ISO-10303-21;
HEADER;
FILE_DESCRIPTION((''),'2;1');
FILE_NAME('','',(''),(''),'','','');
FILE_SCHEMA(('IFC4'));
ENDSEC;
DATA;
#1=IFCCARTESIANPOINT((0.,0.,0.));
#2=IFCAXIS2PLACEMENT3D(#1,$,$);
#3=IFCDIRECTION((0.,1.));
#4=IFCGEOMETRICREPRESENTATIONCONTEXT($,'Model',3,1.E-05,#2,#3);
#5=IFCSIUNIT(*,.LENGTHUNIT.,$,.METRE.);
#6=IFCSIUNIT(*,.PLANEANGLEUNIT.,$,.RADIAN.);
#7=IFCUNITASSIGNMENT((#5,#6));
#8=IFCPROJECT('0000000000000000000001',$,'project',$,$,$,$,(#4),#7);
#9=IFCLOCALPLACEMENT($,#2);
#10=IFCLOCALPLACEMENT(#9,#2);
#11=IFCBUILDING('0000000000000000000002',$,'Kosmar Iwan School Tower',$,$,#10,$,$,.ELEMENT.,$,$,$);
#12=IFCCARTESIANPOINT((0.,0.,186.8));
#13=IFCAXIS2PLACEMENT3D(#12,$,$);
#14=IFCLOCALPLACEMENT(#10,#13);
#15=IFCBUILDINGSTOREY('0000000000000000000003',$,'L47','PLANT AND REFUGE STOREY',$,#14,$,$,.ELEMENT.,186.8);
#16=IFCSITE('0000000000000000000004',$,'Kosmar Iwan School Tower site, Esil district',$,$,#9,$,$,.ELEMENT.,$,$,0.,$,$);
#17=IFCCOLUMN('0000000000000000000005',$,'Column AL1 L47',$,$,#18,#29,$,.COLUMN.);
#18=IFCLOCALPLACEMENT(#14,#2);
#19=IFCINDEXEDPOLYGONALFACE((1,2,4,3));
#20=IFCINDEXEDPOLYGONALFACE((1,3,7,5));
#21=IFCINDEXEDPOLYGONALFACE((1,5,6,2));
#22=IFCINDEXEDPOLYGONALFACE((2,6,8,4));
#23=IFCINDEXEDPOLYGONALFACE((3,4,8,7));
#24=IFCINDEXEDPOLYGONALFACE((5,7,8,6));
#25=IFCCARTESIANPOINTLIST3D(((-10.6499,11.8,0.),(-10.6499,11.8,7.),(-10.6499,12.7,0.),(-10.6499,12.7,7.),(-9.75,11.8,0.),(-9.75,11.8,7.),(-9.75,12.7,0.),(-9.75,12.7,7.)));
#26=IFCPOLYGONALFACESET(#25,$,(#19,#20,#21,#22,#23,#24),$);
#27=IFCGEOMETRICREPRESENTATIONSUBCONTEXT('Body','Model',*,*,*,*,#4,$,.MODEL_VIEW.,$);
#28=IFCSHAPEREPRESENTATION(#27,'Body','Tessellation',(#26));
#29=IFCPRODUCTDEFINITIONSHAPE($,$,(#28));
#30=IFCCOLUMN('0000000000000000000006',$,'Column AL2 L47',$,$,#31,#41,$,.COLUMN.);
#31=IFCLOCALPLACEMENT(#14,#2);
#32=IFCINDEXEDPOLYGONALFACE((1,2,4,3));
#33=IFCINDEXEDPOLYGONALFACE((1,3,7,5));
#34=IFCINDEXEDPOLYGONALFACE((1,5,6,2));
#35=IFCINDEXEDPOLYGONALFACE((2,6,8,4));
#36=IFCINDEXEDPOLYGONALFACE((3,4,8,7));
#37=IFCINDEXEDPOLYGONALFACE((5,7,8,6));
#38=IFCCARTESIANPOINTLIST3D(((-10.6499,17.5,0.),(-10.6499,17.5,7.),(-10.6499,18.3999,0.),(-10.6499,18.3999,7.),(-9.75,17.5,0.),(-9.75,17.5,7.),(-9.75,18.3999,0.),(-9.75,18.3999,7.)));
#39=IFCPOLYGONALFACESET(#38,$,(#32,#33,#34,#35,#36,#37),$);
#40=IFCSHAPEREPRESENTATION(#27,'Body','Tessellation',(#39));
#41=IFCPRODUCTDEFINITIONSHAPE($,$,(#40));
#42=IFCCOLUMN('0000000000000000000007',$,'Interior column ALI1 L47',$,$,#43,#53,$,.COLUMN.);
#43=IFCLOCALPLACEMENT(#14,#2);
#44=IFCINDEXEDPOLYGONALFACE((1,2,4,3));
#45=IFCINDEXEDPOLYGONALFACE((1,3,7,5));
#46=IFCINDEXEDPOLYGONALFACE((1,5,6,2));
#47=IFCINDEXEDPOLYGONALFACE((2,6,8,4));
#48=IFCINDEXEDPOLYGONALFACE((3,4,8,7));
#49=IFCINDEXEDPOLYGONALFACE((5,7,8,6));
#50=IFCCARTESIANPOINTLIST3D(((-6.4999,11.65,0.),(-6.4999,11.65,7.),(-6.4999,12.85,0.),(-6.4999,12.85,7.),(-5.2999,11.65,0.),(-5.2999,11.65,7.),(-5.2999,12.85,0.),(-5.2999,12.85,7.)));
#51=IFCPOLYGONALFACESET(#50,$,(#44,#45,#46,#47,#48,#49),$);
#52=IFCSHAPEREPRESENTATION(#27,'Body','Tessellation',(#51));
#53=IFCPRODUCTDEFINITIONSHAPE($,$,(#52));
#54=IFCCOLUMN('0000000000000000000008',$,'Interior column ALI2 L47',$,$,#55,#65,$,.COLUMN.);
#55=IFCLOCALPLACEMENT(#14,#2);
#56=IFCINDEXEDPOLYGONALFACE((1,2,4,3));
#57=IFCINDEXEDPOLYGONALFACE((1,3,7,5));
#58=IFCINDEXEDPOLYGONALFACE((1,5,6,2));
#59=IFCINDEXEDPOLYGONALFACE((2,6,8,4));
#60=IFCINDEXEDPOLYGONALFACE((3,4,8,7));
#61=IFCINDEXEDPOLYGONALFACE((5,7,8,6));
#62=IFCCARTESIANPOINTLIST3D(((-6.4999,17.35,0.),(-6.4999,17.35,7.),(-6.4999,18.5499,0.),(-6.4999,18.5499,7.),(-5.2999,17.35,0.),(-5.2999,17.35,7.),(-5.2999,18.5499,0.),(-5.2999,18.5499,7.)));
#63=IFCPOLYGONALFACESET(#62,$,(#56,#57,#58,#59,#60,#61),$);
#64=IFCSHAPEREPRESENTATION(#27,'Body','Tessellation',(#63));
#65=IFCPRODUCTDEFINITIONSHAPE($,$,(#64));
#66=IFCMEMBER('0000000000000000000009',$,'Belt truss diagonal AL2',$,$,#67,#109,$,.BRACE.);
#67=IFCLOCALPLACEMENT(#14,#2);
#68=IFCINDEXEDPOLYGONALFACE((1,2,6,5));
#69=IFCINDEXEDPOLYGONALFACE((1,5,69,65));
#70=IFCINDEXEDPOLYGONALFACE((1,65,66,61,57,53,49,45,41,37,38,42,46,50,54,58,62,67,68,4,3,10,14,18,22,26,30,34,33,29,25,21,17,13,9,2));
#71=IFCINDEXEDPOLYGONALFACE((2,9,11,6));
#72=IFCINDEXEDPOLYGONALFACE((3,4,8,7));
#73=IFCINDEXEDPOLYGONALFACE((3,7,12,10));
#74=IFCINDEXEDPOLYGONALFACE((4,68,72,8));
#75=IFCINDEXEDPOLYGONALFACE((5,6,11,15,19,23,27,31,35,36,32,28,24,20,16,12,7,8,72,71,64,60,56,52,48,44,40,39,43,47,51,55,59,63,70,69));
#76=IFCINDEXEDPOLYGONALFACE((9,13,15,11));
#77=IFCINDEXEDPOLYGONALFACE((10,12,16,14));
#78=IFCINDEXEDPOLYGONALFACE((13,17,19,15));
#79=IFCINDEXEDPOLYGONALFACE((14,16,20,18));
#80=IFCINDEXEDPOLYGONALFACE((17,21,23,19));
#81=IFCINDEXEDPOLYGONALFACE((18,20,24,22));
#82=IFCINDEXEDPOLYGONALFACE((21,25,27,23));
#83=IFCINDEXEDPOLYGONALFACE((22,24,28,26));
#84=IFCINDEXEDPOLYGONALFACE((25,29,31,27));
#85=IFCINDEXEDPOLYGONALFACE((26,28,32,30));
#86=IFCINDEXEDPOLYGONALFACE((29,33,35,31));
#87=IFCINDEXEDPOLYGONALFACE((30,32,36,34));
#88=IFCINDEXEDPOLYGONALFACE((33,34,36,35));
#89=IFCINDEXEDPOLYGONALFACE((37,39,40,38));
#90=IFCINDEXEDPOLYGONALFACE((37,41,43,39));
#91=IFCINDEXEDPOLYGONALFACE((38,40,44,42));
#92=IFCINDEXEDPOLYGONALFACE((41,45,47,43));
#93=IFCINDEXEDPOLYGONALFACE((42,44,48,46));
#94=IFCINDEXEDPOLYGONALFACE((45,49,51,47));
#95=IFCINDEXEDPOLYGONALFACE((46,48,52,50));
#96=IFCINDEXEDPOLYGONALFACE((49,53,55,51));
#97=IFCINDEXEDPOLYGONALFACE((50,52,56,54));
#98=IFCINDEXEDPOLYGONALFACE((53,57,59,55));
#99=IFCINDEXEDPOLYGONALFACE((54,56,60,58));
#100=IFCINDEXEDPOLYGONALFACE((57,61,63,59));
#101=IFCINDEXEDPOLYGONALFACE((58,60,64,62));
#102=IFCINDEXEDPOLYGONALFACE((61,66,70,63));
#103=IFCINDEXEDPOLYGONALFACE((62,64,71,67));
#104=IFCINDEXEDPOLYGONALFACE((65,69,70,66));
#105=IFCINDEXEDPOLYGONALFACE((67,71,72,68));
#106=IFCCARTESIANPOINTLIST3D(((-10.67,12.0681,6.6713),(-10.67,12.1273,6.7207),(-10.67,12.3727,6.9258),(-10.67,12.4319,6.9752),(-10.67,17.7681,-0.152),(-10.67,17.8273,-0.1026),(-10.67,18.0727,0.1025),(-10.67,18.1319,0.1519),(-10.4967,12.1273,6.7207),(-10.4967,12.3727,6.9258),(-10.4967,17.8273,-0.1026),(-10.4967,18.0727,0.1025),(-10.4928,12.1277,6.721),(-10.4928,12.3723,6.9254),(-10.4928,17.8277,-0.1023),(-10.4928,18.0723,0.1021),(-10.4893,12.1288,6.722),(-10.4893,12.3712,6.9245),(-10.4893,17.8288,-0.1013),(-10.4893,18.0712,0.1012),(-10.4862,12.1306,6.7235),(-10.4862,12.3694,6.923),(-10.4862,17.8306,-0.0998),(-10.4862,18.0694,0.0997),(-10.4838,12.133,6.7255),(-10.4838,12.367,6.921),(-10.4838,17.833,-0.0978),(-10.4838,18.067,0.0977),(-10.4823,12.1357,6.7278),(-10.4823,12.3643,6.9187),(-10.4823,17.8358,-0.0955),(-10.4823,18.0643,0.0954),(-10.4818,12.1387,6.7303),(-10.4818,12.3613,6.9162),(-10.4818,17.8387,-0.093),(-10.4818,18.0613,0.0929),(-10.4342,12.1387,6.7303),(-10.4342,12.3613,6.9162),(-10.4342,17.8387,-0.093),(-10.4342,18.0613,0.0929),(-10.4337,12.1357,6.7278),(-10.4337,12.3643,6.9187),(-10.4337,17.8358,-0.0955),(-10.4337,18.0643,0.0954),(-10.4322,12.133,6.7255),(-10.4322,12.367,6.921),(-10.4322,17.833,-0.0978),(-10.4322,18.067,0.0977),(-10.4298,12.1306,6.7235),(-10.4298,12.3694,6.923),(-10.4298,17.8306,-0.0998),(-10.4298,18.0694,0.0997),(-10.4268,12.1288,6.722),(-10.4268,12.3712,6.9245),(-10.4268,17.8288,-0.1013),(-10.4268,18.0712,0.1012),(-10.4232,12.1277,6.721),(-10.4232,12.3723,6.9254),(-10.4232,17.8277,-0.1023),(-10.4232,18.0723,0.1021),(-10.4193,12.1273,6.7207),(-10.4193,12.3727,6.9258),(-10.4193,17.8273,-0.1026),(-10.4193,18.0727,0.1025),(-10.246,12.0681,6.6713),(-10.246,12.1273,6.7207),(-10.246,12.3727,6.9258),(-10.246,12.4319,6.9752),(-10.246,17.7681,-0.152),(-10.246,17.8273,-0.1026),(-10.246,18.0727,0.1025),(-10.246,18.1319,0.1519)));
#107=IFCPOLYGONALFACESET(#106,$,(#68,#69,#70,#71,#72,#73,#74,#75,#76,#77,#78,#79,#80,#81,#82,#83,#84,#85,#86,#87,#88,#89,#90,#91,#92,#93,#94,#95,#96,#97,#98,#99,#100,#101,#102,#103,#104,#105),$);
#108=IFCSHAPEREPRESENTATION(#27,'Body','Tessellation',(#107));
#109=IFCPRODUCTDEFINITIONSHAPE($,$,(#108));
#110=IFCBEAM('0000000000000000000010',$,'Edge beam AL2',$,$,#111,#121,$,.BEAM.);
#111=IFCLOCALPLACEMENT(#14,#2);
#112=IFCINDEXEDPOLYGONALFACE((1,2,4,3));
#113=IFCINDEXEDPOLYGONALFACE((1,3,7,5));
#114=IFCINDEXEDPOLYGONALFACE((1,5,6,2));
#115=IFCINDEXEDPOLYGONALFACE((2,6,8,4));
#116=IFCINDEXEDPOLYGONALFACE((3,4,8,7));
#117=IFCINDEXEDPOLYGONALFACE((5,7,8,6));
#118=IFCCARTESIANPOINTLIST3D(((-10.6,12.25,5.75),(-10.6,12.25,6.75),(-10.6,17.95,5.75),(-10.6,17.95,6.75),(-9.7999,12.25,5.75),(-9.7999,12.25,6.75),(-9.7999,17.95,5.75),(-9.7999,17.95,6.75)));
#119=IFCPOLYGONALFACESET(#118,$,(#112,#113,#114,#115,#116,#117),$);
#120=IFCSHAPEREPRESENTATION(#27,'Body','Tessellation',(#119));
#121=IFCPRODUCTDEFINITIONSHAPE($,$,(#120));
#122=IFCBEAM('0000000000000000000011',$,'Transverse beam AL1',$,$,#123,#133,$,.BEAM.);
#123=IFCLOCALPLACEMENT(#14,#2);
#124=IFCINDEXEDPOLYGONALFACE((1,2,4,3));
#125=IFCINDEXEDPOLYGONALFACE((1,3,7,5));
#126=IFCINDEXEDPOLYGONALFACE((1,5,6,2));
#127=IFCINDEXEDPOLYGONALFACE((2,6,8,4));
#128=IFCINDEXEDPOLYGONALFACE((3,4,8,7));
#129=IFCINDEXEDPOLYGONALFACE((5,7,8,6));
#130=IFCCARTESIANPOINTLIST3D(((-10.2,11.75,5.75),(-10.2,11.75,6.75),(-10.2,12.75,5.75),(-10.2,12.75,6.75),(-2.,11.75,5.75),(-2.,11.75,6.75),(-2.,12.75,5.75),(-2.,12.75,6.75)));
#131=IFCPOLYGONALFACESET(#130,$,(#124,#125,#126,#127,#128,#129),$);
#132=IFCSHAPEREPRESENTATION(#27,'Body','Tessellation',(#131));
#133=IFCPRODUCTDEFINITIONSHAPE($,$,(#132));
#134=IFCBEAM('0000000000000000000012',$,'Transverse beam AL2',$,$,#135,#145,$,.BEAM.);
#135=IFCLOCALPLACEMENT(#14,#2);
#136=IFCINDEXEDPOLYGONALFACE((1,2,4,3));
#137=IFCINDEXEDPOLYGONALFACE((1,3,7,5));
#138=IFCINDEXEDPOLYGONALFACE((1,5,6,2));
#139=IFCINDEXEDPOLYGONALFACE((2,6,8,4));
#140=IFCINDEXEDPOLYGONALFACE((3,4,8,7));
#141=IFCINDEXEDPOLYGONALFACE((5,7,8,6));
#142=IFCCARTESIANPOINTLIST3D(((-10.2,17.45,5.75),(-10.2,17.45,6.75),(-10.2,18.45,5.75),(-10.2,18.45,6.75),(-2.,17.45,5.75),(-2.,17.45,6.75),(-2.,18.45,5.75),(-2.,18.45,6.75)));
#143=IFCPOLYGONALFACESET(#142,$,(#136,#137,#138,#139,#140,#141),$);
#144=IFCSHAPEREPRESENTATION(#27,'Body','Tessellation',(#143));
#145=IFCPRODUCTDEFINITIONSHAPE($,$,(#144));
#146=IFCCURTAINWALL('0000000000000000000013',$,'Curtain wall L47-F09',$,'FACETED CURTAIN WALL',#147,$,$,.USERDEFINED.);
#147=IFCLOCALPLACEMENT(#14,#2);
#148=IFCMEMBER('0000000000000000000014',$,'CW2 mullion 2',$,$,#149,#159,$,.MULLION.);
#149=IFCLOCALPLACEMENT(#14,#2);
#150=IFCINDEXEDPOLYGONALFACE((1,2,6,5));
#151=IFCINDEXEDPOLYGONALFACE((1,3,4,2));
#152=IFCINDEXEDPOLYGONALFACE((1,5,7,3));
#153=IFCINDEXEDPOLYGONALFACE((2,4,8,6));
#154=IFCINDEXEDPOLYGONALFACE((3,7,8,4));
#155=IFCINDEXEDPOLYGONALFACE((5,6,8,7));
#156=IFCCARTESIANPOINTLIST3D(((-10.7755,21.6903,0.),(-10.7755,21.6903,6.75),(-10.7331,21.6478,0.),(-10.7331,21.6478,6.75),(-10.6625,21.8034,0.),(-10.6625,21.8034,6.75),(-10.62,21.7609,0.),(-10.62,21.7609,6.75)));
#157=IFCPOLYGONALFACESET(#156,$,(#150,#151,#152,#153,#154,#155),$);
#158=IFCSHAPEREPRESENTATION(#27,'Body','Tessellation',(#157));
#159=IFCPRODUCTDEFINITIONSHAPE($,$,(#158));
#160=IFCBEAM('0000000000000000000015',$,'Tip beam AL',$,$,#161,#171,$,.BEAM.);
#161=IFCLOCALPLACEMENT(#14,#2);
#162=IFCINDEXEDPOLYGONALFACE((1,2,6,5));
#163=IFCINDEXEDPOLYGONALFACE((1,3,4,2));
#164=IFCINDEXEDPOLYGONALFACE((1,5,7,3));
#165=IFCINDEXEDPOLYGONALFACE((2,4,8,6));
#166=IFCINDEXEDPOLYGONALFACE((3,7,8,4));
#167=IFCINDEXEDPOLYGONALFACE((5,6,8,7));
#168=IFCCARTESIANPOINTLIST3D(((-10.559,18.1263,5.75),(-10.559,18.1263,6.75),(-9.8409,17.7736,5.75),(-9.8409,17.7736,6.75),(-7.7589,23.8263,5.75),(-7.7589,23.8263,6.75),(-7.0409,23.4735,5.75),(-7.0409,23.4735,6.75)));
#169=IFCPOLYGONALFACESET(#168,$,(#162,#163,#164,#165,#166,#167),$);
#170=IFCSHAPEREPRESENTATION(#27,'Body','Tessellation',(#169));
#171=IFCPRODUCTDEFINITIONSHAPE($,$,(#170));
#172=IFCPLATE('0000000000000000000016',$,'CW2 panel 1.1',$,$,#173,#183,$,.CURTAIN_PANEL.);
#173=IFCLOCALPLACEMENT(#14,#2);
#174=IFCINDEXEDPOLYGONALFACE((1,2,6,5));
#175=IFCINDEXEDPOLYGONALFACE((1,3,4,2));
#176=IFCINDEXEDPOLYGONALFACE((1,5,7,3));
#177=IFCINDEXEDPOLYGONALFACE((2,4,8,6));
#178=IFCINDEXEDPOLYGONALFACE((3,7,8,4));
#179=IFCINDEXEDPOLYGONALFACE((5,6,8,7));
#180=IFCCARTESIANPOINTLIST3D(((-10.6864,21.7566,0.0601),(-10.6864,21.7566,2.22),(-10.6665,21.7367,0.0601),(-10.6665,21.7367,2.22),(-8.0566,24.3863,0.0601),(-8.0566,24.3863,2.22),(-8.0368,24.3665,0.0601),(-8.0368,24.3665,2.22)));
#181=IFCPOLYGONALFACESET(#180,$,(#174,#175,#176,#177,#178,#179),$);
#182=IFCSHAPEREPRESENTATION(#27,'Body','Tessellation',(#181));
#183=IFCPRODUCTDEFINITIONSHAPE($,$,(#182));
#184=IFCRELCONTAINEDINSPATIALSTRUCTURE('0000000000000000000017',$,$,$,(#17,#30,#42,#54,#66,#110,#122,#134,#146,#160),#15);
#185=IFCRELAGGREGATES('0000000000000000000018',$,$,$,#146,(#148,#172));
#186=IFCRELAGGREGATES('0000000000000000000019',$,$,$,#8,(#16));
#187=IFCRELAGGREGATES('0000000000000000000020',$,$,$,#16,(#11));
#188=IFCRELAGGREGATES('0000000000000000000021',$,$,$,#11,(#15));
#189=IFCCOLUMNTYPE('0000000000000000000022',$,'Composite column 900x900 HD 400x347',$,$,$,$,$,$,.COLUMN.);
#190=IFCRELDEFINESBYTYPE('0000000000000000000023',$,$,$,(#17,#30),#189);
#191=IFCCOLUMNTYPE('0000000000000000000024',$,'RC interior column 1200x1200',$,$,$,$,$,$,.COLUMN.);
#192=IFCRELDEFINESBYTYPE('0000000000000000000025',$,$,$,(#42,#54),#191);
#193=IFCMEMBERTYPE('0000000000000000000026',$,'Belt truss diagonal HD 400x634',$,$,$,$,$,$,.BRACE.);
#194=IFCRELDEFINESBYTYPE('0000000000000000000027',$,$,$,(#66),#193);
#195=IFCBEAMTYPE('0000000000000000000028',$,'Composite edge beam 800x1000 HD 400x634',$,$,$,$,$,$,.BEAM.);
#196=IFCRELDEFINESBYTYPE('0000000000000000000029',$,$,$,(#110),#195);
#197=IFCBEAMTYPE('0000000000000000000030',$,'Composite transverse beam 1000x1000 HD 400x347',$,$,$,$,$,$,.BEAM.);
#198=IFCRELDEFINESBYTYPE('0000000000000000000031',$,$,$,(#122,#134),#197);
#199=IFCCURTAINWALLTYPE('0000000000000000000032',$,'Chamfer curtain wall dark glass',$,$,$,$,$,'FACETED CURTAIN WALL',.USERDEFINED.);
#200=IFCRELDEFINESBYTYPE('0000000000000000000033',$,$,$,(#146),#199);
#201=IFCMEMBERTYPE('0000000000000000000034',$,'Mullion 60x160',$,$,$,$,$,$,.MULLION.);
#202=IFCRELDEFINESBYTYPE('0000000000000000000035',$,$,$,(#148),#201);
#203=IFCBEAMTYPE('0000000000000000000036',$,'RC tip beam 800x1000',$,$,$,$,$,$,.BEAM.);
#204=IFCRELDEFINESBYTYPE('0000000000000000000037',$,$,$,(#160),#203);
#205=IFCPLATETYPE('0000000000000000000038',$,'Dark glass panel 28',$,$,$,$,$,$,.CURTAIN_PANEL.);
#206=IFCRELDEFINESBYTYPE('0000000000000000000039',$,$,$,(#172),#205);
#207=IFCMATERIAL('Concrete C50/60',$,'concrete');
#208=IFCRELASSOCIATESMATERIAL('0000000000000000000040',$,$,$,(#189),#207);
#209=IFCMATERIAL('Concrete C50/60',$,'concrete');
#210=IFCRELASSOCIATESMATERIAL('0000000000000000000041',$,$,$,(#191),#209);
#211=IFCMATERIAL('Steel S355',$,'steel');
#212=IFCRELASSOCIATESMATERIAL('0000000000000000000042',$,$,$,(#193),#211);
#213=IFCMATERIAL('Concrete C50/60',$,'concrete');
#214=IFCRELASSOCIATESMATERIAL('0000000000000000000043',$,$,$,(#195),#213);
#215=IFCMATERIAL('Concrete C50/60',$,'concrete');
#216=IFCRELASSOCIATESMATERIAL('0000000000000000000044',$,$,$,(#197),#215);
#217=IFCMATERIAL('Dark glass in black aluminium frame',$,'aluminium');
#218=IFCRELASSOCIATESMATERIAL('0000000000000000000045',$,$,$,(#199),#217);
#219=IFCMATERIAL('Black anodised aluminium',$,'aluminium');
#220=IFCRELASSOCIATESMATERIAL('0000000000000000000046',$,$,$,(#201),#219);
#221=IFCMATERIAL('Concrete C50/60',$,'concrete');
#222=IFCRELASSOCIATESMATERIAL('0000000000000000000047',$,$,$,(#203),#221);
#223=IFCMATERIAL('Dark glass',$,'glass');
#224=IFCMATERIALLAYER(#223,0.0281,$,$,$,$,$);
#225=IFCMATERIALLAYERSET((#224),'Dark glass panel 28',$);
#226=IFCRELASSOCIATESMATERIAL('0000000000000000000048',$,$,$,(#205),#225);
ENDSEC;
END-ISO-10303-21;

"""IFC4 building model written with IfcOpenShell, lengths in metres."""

from ifc_helpers import new_model, si_unit, direction, frame, origin, origin_2d, place, context, subcontext, project, spatial, rectangle, i_section, extrude, material, layer, layer_set, material_profile, profile_set, type_object, element, aggregate, save


model = new_model("IFC4")

# Units and contexts
model_context = context("Model", 3, precision=1e-05, world=origin(), true_north=direction((0.0, 1.0)))
body_context = subcontext(model_context, "Body", "Model", "MODEL_VIEW")
ifc_project = project(units=[si_unit("LENGTHUNIT", "METRE"), si_unit("PLANEANGLEUNIT", "RADIAN")], contexts=[model_context])

# Site, building, storey
site_placement = place(None, origin())
site = spatial("IfcSite", under=ifc_project, at=site_placement, Name="Kosmar Iwan School Tower site, Esil district", CompositionType="ELEMENT", RefElevation=0.0)
building_placement = place(site_placement, origin())
building = spatial("IfcBuilding", under=site, at=building_placement, Name="Kosmar Iwan School Tower", CompositionType="ELEMENT")
storey_placement = place(building_placement, frame((0.0, 0.0, 186.8)))
storey = spatial("IfcBuildingStorey", under=building, at=storey_placement, Name="L47", Description="PLANT AND REFUGE STOREY", CompositionType="ELEMENT", Elevation=186.8)

# Columns
ifc_material_1 = material(Name="Concrete C50/60", Category="concrete")
ifc_material_profile_1 = material_profile(ifc_material_1, rectangle(XDim=0.8999, YDim=0.8999, at=origin_2d()), Name="RC 900x900 + HD 400x347")
ifc_profile_set_1 = profile_set([ifc_material_profile_1], Name="Concrete C50/60")
column_type_1 = type_object("IfcColumnType", Name="Composite column 900x900 HD 400x347", PredefinedType="COLUMN", material=ifc_profile_set_1)
for number, where, z_axis, x_axis, name in (
    (1, (-10.2, 12.25, 0.0), (0.0, 0.0, 1.0), (0.0, 1.0, 0.0), "Column AL1 L47"),
    (2, (-10.2, 17.95, 0.0), (0.0, 0.0, 1.0), (0.0, 1.0, 0.0), "Column AL2 L47"),
):
    element("IfcColumn", number, at=place(storey_placement, frame(where, z_axis=z_axis, x_axis=x_axis)), inside=storey, type_object=column_type_1, Name=name, PredefinedType="COLUMN", context=body_context, shape_type="SweptSolid", body=[
        extrude(rectangle(XDim=0.8999, YDim=0.8999, at=origin_2d()), origin(), (0.0, 0.0, 1.0), 7.0),
    ])
ifc_material_2 = material(Name="Concrete C50/60", Category="concrete")
ifc_material_profile_2 = material_profile(ifc_material_2, rectangle(XDim=1.2, YDim=1.2, at=origin_2d()), Name="RC 1200x1200")
ifc_profile_set_2 = profile_set([ifc_material_profile_2], Name="Concrete C50/60")
column_type_2 = type_object("IfcColumnType", Name="RC interior column 1200x1200", PredefinedType="COLUMN", material=ifc_profile_set_2)
for number, where, z_axis, x_axis, name in (
    (3, (-5.8999, 12.25, 0.0), (0.0, 0.0, 1.0), (0.0, 1.0, 0.0), "Interior column ALI1 L47"),
    (4, (-5.8999, 17.95, 0.0), (0.0, 0.0, 1.0), (0.0, 1.0, 0.0), "Interior column ALI2 L47"),
):
    element("IfcColumn", number, at=place(storey_placement, frame(where, z_axis=z_axis, x_axis=x_axis)), inside=storey, type_object=column_type_2, Name=name, PredefinedType="COLUMN", context=body_context, shape_type="SweptSolid", body=[
        extrude(rectangle(XDim=1.2, YDim=1.2, at=origin_2d()), origin(), (0.0, 0.0, 1.0), 7.0),
    ])

# Member
ifc_material_3 = material(Name="Steel S355", Category="steel")
ifc_material_profile_3 = material_profile(ifc_material_3, i_section(OverallWidth=0.4241, OverallDepth=0.4741, WebThickness=0.0476, FlangeThickness=0.0771, FilletRadius=0.0149, at=origin_2d()), Name="HD 400x634")
ifc_profile_set_3 = profile_set([ifc_material_profile_3], Name="Steel S355")
member_type_1 = type_object("IfcMemberType", Name="Belt truss diagonal HD 400x634", PredefinedType="BRACE", material=ifc_profile_set_3)
member_1_placement = place(storey_placement, frame((-10.458, 12.25, 6.8232), z_axis=(0.0, 0.641108, -0.767451), x_axis=(-1.0, 0.0, 0.0)))
element("IfcMember", 5, at=member_1_placement, inside=storey, type_object=member_type_1, Name="Belt truss diagonal AL2", PredefinedType="BRACE", context=body_context, shape_type="SweptSolid", body=[
    extrude(i_section(OverallWidth=0.4241, OverallDepth=0.4741, WebThickness=0.0476, FlangeThickness=0.0771, FilletRadius=0.0149, at=origin_2d()), origin(), (0.0, 0.0, 1.0), 8.8909),
])

# Beams
ifc_material_4 = material(Name="Concrete C50/60", Category="concrete")
ifc_material_profile_4 = material_profile(ifc_material_4, rectangle(XDim=0.8, YDim=1.0, at=origin_2d()), Name="RC 800x1000 + HD 400x634")
ifc_profile_set_4 = profile_set([ifc_material_profile_4], Name="Concrete C50/60")
beam_type_1 = type_object("IfcBeamType", Name="Composite edge beam 800x1000 HD 400x634", PredefinedType="BEAM", material=ifc_profile_set_4)
beam_1_placement = place(storey_placement, frame((-10.2, 12.25, 6.25), z_axis=(0.0, 1.0, 0.0), x_axis=(-1.0, 0.0, 0.0)))
element("IfcBeam", 6, at=beam_1_placement, inside=storey, type_object=beam_type_1, Name="Edge beam AL2", PredefinedType="BEAM", context=body_context, shape_type="SweptSolid", body=[
    extrude(rectangle(XDim=0.8, YDim=1.0, at=origin_2d()), origin(), (0.0, 0.0, 1.0), 5.7),
])
ifc_material_5 = material(Name="Concrete C50/60", Category="concrete")
ifc_material_profile_5 = material_profile(ifc_material_5, rectangle(XDim=1.0, YDim=1.0, at=origin_2d()), Name="RC 1000x1000 + HD 400x347")
ifc_profile_set_5 = profile_set([ifc_material_profile_5], Name="Concrete C50/60")
beam_type_2 = type_object("IfcBeamType", Name="Composite transverse beam 1000x1000 HD 400x347", PredefinedType="BEAM", material=ifc_profile_set_5)
for number, where, z_axis, x_axis, name in (
    (7, (-10.2, 12.25, 6.25), (1.0, 0.0, 0.0), (0.0, 1.0, 0.0), "Transverse beam AL1"),
    (8, (-10.2, 17.95, 6.25), (1.0, 0.0, 0.0), (0.0, 1.0, 0.0), "Transverse beam AL2"),
):
    element("IfcBeam", number, at=place(storey_placement, frame(where, z_axis=z_axis, x_axis=x_axis)), inside=storey, type_object=beam_type_2, Name=name, PredefinedType="BEAM", context=body_context, shape_type="SweptSolid", body=[
        extrude(rectangle(XDim=1.0, YDim=1.0, at=origin_2d()), origin(), (0.0, 0.0, 1.0), 8.2),
    ])

# Curtain wall, member
ifc_material_6 = material(Name="Dark glass in black aluminium frame", Category="aluminium")
curtain_wall_type = type_object("IfcCurtainWallType", Name="Chamfer curtain wall dark glass", ElementType="FACETED CURTAIN WALL", PredefinedType="USERDEFINED", material=ifc_material_6)
curtain_wall_placement = place(storey_placement, origin())
curtain_wall = element("IfcCurtainWall", 9, at=curtain_wall_placement, inside=storey, type_object=curtain_wall_type, Name="Curtain wall L47-F09", ObjectType="FACETED CURTAIN WALL", PredefinedType="USERDEFINED")
ifc_material_7 = material(Name="Black anodised aluminium", Category="aluminium")
ifc_material_profile_6 = material_profile(ifc_material_7, rectangle(XDim=0.0601, YDim=0.1599, at=origin_2d()), Name="MULLION 60x160")
ifc_profile_set_6 = profile_set([ifc_material_profile_6], Name="Black anodised aluminium")
member_type_2 = type_object("IfcMemberType", Name="Mullion 60x160", PredefinedType="MULLION", material=ifc_profile_set_6)
member_2_placement = place(storey_placement, frame((-10.6978, 21.7256, 0.0), z_axis=(0.0, 0.0, 1.0), x_axis=(0.707107, -0.707107, 0.0)))
member_2 = element("IfcMember", 10, at=member_2_placement, type_object=member_type_2, Name="CW2 mullion 2", PredefinedType="MULLION", context=body_context, shape_type="SweptSolid", body=[
    extrude(rectangle(XDim=0.0601, YDim=0.1599, at=origin_2d()), origin(), (0.0, 0.0, 1.0), 6.75),
])

# Beam
ifc_material_8 = material(Name="Concrete C50/60", Category="concrete")
ifc_material_profile_7 = material_profile(ifc_material_8, rectangle(XDim=0.8, YDim=1.0, at=origin_2d()), Name="RC 800x1000")
ifc_profile_set_7 = profile_set([ifc_material_profile_7], Name="Concrete C50/60")
beam_type_3 = type_object("IfcBeamType", Name="RC tip beam 800x1000", PredefinedType="BEAM", material=ifc_profile_set_7)
beam_2_placement = place(storey_placement, frame((-10.2, 17.95, 6.25), z_axis=(0.440913, 0.89755, 0.0), x_axis=(-0.89755, 0.440913, 0.0)))
element("IfcBeam", 11, at=beam_2_placement, inside=storey, type_object=beam_type_3, Name="Tip beam AL", PredefinedType="BEAM", context=body_context, shape_type="SweptSolid", body=[
    extrude(rectangle(XDim=0.8, YDim=1.0, at=origin_2d()), origin(), (0.0, 0.0, 1.0), 6.3506),
])

# Plate
ifc_material_9 = material(Name="Dark glass", Category="glass")
ifc_layer_1 = layer(ifc_material_9, 0.0281)
ifc_layer_set_1 = layer_set([ifc_layer_1], Name="Dark glass panel 28")
plate_type = type_object("IfcPlateType", Name="Dark glass panel 28", PredefinedType="CURTAIN_PANEL", material=ifc_layer_set_1)
plate_placement = place(storey_placement, frame((-9.3616, 23.0615, 0.0601), z_axis=(0.0, 0.0, 1.0), x_axis=(-0.707107, -0.707107, 0.0)))
plate = element("IfcPlate", 12, at=plate_placement, type_object=plate_type, Name="CW2 panel 1.1", PredefinedType="CURTAIN_PANEL", context=body_context, shape_type="SweptSolid", body=[
    extrude(rectangle(XDim=3.719, YDim=0.0281, at=origin_2d()), origin(), (0.0, 0.0, 1.0), 2.1599),
])
aggregate(curtain_wall, [member_2, plate])

save(model, "model.ifc")
